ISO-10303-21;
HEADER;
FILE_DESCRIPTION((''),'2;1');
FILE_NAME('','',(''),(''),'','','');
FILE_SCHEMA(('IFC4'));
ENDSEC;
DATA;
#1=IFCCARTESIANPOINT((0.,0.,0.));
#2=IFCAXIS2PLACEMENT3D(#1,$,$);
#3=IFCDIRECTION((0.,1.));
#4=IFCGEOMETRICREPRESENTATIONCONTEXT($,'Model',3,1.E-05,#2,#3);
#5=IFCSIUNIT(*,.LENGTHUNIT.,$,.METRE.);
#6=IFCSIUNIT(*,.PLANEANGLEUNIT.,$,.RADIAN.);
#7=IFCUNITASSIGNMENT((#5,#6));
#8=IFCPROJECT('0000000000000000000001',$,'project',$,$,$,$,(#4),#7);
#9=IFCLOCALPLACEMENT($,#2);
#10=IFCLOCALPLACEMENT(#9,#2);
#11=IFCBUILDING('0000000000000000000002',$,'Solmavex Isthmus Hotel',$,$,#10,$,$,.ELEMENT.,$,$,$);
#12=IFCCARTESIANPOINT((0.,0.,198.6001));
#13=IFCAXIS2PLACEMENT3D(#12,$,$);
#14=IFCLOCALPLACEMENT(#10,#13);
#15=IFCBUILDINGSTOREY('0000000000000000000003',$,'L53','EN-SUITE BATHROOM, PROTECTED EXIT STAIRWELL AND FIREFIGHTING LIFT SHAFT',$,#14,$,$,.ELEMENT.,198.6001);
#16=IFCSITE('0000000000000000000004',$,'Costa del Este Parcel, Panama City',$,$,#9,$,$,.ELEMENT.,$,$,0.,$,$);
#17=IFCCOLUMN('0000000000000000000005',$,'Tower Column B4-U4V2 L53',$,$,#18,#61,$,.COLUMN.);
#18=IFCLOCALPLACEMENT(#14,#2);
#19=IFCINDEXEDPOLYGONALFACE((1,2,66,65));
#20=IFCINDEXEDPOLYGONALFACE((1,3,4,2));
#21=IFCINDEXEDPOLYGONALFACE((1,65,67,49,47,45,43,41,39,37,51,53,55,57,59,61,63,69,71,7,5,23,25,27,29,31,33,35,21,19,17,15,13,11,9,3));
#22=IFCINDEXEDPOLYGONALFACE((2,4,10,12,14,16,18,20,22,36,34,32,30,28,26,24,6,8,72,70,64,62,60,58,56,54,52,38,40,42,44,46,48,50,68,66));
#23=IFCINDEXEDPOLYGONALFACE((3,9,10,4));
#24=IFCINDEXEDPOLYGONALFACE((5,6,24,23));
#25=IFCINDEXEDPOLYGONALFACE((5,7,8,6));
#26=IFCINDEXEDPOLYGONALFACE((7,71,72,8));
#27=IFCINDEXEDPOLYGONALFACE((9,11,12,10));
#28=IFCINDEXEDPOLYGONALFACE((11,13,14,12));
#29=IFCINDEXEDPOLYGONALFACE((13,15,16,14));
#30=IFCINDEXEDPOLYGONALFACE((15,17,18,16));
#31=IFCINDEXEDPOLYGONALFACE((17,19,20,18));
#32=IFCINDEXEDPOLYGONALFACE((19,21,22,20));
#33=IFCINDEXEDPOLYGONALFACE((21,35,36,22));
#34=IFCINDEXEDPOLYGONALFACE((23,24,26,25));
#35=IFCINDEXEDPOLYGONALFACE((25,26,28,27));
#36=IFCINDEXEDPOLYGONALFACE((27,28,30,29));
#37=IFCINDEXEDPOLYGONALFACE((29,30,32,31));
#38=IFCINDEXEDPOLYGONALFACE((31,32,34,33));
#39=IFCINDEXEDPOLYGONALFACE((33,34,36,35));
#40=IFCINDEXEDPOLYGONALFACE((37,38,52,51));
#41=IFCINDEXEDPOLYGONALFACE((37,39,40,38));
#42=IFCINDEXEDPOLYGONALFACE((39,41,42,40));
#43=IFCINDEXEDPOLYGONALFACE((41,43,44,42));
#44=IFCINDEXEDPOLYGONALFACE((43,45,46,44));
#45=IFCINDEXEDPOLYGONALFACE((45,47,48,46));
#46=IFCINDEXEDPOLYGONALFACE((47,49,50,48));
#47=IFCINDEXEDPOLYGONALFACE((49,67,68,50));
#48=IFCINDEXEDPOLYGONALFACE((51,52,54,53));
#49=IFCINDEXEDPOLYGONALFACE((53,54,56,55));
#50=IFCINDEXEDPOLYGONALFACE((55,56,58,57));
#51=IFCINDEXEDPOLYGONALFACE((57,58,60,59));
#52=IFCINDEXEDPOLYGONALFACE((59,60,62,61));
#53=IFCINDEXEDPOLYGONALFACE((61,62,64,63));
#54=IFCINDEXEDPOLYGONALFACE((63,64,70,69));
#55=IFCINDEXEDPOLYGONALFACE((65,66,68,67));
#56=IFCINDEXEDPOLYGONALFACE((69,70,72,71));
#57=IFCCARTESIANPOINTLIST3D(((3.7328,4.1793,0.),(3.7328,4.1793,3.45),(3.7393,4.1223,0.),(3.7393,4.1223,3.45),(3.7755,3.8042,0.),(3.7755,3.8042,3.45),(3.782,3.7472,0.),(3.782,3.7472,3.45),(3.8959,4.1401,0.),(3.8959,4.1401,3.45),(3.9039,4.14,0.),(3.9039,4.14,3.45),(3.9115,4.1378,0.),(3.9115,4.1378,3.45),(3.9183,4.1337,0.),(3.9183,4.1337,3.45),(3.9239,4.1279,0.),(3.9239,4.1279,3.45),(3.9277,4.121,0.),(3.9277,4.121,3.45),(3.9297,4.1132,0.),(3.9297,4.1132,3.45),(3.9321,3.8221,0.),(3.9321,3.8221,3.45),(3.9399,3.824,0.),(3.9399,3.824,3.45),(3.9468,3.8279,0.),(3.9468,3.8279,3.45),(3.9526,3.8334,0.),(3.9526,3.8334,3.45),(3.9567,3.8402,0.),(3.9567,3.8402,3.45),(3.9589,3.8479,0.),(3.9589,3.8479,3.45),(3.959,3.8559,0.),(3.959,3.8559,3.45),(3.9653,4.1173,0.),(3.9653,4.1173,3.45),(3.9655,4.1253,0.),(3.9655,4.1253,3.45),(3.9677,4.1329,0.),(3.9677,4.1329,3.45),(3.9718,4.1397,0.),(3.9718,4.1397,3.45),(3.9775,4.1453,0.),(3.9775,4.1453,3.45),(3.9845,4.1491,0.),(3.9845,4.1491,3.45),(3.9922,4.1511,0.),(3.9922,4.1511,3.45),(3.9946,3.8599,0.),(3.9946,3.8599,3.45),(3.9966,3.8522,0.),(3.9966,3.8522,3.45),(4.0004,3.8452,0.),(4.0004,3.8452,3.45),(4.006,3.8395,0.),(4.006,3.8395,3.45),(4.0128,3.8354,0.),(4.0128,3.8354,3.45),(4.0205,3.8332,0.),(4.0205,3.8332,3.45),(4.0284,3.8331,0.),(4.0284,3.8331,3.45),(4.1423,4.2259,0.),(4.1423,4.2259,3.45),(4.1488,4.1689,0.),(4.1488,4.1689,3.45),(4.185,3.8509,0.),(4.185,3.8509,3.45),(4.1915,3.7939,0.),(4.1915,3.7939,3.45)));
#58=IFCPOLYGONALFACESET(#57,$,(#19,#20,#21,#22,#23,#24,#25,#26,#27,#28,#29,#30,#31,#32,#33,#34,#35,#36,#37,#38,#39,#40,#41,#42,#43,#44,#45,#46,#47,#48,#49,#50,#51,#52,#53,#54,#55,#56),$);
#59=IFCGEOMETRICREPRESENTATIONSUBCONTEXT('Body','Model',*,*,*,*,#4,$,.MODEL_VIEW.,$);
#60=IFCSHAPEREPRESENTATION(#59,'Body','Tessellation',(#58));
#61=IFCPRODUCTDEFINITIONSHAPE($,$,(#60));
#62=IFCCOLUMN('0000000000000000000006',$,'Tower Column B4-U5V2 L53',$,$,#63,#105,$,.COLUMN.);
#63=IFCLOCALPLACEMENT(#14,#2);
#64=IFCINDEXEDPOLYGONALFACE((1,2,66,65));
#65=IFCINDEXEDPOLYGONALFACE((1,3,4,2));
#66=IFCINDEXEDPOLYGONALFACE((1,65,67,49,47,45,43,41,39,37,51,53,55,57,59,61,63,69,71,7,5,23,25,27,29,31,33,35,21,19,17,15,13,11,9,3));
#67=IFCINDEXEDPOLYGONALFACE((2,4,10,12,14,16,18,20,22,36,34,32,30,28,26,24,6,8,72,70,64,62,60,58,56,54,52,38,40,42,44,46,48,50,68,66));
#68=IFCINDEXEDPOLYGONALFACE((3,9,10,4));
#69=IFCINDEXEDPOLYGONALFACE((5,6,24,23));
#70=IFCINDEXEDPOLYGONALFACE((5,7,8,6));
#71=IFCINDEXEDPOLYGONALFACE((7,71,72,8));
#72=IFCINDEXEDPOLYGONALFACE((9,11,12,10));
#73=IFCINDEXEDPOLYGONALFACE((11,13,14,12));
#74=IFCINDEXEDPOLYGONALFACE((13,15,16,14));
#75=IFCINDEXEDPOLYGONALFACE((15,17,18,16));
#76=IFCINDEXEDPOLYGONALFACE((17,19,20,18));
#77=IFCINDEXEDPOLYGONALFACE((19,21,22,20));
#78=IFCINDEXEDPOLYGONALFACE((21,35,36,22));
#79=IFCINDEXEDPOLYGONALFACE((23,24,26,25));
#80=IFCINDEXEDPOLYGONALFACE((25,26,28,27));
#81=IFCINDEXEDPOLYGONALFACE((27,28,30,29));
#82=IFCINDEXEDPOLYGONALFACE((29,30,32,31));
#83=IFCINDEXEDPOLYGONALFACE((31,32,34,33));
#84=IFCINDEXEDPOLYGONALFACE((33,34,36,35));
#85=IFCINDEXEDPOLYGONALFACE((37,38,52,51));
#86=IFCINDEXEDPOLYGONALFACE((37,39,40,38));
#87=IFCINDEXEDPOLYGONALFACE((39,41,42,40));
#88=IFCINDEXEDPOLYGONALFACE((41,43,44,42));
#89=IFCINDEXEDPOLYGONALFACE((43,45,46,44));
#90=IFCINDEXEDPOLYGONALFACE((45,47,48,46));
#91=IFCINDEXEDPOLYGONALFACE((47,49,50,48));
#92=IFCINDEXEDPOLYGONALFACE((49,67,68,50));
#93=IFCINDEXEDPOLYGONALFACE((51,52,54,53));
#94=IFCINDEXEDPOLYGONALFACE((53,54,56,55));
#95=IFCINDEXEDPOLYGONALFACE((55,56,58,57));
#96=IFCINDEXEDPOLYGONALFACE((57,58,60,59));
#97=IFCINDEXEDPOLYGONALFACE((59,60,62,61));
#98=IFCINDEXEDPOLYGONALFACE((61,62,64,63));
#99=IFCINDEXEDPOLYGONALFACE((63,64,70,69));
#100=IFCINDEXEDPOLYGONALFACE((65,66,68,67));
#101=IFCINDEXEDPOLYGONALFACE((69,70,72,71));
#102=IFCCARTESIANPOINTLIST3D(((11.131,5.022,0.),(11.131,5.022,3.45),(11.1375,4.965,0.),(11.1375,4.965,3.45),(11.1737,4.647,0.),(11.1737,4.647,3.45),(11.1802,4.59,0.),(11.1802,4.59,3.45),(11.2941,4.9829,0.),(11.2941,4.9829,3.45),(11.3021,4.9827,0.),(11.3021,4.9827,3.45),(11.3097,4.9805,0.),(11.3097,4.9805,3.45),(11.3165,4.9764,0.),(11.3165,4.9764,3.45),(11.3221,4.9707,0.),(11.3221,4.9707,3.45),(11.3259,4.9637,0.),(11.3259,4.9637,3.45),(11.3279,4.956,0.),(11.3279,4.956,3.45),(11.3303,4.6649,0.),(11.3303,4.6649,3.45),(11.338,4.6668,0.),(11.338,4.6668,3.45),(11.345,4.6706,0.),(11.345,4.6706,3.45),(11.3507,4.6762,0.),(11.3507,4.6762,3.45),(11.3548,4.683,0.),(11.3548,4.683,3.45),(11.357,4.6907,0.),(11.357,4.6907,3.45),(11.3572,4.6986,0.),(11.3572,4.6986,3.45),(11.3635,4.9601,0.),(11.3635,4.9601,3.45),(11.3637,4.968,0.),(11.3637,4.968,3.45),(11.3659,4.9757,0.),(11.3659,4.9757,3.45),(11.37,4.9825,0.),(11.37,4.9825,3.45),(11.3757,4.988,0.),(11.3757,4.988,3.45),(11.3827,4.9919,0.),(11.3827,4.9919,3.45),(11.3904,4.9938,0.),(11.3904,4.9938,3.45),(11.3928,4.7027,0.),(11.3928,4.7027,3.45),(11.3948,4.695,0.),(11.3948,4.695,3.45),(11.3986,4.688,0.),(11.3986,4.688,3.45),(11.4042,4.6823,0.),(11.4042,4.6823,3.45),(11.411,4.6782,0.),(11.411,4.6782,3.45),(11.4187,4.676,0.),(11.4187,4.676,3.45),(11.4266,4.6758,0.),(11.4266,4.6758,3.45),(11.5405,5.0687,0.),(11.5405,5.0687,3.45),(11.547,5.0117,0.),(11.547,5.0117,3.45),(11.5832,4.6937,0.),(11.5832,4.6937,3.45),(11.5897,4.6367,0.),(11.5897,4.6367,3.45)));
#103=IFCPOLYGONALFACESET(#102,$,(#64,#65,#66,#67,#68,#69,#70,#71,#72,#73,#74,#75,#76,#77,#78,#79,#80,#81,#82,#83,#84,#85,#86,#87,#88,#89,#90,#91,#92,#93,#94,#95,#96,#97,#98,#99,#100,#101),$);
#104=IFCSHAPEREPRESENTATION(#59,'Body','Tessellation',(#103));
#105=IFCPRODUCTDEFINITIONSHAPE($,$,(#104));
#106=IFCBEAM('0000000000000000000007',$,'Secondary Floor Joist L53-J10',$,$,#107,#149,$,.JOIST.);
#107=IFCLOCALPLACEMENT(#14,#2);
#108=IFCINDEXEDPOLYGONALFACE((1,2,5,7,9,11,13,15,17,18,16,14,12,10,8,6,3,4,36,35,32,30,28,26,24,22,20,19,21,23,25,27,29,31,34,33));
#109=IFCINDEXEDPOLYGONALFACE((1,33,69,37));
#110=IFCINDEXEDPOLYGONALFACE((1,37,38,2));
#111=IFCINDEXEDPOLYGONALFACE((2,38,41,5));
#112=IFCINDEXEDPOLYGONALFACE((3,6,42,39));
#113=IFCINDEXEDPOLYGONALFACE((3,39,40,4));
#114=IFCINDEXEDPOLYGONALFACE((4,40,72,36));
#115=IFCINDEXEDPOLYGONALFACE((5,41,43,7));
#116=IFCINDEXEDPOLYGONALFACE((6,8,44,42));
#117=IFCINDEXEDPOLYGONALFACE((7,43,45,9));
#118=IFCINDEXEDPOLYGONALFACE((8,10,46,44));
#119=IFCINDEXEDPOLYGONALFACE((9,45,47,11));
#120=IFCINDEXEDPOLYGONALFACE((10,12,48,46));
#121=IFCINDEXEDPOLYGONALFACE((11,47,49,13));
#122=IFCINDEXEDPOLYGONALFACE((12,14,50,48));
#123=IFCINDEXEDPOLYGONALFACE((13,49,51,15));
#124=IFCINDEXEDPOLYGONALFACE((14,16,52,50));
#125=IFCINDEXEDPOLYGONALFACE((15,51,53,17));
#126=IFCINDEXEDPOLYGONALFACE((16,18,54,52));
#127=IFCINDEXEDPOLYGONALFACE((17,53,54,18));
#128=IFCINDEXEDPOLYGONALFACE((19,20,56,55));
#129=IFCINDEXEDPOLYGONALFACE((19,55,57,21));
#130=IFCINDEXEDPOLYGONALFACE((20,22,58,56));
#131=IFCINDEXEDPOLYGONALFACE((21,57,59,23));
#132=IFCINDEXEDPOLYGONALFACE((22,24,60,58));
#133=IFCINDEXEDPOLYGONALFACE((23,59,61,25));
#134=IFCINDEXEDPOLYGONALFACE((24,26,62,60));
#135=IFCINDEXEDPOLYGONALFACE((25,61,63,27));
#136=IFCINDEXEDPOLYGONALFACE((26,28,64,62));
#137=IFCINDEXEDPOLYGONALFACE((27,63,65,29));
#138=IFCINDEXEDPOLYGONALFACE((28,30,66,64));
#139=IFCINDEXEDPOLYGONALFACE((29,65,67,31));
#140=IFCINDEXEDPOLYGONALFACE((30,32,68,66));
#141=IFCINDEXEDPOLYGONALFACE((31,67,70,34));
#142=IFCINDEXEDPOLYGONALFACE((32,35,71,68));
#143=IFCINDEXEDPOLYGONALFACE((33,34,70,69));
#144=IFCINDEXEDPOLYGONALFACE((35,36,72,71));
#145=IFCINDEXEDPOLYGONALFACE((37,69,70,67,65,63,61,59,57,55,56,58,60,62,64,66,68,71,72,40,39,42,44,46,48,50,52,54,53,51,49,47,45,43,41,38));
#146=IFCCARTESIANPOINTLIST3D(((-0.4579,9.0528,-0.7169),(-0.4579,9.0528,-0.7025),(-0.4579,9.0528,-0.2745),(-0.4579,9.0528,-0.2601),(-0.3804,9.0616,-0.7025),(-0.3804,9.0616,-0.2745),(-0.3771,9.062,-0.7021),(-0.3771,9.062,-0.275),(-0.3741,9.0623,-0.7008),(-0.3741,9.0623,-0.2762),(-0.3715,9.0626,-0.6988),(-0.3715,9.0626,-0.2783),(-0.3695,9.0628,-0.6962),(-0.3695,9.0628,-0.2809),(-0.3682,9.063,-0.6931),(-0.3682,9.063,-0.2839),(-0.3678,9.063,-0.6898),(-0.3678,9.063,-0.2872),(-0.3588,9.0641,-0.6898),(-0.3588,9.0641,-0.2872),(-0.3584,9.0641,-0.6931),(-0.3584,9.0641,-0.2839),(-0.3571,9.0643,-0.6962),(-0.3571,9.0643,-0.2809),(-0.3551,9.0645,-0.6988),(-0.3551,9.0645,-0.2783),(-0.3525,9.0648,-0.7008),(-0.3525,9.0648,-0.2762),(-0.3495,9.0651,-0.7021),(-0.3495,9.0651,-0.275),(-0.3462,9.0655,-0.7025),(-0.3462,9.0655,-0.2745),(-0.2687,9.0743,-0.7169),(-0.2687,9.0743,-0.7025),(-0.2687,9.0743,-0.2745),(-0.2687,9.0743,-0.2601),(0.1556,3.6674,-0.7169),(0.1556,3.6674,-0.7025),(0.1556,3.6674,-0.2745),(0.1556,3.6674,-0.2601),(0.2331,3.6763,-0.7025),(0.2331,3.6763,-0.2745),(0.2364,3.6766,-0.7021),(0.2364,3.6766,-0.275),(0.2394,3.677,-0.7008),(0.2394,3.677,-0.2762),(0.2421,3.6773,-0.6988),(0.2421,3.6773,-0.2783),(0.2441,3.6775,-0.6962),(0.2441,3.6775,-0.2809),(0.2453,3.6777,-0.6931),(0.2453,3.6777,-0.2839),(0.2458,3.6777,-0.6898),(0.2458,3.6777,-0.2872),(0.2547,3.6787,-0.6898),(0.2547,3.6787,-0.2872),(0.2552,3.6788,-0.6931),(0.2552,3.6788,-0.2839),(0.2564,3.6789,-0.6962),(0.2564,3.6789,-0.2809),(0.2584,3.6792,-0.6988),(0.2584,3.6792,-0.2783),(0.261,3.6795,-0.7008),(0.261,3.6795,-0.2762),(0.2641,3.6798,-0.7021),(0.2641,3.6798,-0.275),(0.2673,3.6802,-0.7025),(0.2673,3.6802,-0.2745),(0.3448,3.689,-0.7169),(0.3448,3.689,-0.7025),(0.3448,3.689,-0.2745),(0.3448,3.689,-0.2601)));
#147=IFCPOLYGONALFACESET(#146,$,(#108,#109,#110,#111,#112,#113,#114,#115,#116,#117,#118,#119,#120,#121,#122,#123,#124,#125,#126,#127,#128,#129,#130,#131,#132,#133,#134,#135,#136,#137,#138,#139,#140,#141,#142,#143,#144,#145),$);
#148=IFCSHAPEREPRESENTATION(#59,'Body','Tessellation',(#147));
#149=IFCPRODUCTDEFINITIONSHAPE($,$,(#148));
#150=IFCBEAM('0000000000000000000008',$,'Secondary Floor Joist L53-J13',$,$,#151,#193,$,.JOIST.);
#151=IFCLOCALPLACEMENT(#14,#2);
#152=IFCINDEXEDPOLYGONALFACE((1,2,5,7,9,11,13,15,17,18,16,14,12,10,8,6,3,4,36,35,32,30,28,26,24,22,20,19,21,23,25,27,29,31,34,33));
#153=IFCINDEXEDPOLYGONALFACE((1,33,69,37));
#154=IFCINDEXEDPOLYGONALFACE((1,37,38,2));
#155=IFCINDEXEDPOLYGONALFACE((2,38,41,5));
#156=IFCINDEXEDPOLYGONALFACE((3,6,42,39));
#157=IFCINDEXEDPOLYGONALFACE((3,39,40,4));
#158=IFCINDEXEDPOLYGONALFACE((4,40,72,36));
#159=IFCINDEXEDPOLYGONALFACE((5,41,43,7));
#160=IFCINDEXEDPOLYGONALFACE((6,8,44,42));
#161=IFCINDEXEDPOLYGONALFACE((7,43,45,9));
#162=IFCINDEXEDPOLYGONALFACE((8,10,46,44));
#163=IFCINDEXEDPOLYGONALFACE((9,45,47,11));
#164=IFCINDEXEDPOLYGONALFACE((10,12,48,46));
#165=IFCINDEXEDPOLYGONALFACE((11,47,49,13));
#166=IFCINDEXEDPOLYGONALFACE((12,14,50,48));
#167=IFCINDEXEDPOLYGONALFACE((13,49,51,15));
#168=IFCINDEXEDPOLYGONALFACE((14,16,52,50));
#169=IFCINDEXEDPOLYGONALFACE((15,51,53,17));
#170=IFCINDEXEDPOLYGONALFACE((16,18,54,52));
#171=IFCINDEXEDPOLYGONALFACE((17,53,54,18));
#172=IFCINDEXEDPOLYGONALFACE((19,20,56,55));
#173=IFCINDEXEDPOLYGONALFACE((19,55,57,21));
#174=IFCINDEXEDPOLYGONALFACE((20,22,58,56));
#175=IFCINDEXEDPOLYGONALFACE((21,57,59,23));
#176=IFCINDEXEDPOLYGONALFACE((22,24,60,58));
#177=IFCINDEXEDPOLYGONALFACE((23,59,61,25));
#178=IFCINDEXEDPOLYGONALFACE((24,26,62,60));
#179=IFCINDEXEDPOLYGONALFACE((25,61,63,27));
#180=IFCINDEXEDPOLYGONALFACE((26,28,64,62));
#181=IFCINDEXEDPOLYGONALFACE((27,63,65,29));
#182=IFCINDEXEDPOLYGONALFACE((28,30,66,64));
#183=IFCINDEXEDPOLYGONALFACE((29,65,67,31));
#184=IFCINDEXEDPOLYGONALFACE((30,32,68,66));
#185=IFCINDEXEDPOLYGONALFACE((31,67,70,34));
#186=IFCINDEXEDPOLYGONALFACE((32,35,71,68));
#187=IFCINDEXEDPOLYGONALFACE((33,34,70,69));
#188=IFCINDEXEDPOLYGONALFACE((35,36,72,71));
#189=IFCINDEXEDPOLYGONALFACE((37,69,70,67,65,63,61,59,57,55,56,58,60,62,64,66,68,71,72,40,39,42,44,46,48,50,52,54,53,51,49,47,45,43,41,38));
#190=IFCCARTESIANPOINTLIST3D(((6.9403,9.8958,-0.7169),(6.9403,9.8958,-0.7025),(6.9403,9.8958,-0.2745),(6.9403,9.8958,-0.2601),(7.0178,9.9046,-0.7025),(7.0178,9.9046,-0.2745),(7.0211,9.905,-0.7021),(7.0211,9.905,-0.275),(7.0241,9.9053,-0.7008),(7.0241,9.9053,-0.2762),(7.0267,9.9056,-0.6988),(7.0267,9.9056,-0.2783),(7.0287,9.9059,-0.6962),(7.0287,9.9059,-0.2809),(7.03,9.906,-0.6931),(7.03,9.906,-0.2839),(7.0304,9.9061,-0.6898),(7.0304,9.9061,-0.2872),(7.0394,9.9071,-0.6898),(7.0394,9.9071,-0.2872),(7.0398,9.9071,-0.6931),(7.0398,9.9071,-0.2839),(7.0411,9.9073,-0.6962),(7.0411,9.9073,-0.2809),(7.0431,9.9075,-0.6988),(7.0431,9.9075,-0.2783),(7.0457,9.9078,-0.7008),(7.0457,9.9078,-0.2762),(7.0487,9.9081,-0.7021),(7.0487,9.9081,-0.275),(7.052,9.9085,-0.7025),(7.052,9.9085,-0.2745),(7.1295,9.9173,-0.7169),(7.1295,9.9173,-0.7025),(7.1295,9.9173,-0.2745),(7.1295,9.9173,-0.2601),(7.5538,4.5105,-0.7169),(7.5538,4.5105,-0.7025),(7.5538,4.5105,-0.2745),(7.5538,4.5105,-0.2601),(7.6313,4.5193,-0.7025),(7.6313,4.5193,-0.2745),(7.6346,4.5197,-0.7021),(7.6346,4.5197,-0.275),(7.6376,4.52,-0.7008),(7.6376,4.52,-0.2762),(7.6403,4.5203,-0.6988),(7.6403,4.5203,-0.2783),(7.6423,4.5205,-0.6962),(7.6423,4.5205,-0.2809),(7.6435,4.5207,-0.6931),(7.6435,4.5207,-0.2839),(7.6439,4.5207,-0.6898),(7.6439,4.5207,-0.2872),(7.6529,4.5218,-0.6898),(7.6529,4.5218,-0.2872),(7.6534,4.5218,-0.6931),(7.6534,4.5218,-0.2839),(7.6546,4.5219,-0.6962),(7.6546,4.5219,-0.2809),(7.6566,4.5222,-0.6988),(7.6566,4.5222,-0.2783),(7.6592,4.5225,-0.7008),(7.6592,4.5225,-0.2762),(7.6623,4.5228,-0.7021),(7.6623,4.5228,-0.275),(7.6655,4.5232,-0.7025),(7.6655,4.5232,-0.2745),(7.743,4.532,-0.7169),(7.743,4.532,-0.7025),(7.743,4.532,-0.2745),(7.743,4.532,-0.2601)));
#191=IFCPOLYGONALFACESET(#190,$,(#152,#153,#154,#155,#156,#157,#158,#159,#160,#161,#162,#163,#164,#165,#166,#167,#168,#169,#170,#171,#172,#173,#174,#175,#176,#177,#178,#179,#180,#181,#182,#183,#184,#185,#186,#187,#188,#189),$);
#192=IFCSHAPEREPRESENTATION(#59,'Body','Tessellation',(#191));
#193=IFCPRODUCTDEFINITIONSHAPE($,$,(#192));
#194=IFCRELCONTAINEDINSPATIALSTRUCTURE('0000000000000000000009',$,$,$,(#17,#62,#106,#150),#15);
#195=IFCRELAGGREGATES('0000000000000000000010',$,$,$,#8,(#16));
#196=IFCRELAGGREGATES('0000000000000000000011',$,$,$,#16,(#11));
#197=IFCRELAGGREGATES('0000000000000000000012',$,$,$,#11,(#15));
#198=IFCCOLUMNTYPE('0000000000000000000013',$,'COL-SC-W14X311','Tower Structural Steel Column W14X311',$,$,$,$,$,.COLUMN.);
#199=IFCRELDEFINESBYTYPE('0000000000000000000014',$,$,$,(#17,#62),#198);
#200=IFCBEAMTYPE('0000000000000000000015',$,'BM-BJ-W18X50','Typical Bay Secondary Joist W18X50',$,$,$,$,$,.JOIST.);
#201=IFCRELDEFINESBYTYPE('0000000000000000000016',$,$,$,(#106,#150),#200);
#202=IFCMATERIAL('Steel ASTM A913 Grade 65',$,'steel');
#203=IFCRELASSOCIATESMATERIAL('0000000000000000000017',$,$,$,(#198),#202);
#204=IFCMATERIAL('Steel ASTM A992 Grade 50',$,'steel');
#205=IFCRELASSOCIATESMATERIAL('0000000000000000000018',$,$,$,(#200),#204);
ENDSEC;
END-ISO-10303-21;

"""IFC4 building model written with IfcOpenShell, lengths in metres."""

from ifc_helpers import new_model, si_unit, direction, frame, origin, origin_2d, place, context, subcontext, project, spatial, i_section, extrude, material, material_profile, profile_set, type_object, element, save


model = new_model("IFC4")

# Units and contexts
model_context = context("Model", 3, precision=1e-05, world=origin(), true_north=direction((0.0, 1.0)))
body_context = subcontext(model_context, "Body", "Model", "MODEL_VIEW")
ifc_project = project(units=[si_unit("LENGTHUNIT", "METRE"), si_unit("PLANEANGLEUNIT", "RADIAN")], contexts=[model_context])

# Site, building, storey
site_placement = place(None, origin())
site = spatial("IfcSite", under=ifc_project, at=site_placement, Name="Costa del Este Parcel, Panama City", CompositionType="ELEMENT", RefElevation=0.0)
building_placement = place(site_placement, origin())
building = spatial("IfcBuilding", under=site, at=building_placement, Name="Solmavex Isthmus Hotel", CompositionType="ELEMENT")
storey_placement = place(building_placement, frame((0.0, 0.0, 198.6001)))
storey = spatial("IfcBuildingStorey", under=building, at=storey_placement, Name="L53", Description="EN-SUITE BATHROOM, PROTECTED EXIT STAIRWELL AND FIREFIGHTING LIFT SHAFT", CompositionType="ELEMENT", Elevation=198.6001)

# Columns
ifc_material_1 = material(Name="Steel ASTM A913 Grade 65", Category="steel")
ifc_material_profile_1 = material_profile(ifc_material_1, i_section(OverallWidth=0.4121, OverallDepth=0.4348, WebThickness=0.0359, FlangeThickness=0.0574, FilletRadius=0.0305, at=origin_2d()), Name="W14X311")
ifc_profile_set_1 = profile_set([ifc_material_profile_1], Name="Steel ASTM A913 Grade 65")
column_type = type_object("IfcColumnType", Name="COL-SC-W14X311", Description="Tower Structural Steel Column W14X311", PredefinedType="COLUMN", material=ifc_profile_set_1)
for number, where, z_axis, x_axis, name in (
    (1, (3.9622, 3.9866, 0.0), (0.0, 0.0, 1.0), (0.993572, 0.113203, 0.0), "Tower Column B4-U4V2 L53"),
    (2, (11.3604, 4.8293, 0.0), (0.0, 0.0, 1.0), (0.993572, 0.113203, 0.0), "Tower Column B4-U5V2 L53"),
):
    element("IfcColumn", number, at=place(storey_placement, frame(where, z_axis=z_axis, x_axis=x_axis)), inside=storey, type_object=column_type, Name=name, PredefinedType="COLUMN", context=body_context, shape_type="SweptSolid", body=[
        extrude(i_section(OverallWidth=0.4121, OverallDepth=0.4348, WebThickness=0.0359, FlangeThickness=0.0574, FilletRadius=0.0305, at=origin_2d()), origin(), (0.0, 0.0, 1.0), 3.45),
    ])

# Beams
ifc_material_2 = material(Name="Steel ASTM A992 Grade 50", Category="steel")
ifc_material_profile_2 = material_profile(ifc_material_2, i_section(OverallWidth=0.1904, OverallDepth=0.4568, WebThickness=0.009, FlangeThickness=0.0144, FilletRadius=0.0127, at=origin_2d()), Name="W18X50")
ifc_profile_set_2 = profile_set([ifc_material_profile_2], Name="Steel ASTM A992 Grade 50")
beam_type_1 = type_object("IfcBeamType", Name="BM-BJ-W18X50", Description="Typical Bay Secondary Joist W18X50", PredefinedType="JOIST", material=ifc_profile_set_2)
for number, where, z_axis, x_axis, name in (
    (3, (0.2502, 3.6782, -0.4885), (-0.113195, 0.993573, 0.0), (-0.993573, -0.113195, 0.0), "Secondary Floor Joist L53-J10"),
    (4, (7.6484, 4.5212, -0.4885), (-0.113195, 0.993573, 0.0), (-0.993573, -0.113195, 0.0), "Secondary Floor Joist L53-J13"),
):
    element("IfcBeam", number, at=place(storey_placement, frame(where, z_axis=z_axis, x_axis=x_axis)), inside=storey, type_object=beam_type_1, Name=name, PredefinedType="JOIST", context=body_context, shape_type="SweptSolid", body=[
        extrude(i_section(OverallWidth=0.1904, OverallDepth=0.4568, WebThickness=0.009, FlangeThickness=0.0144, FilletRadius=0.0127, at=origin_2d()), origin(), (0.0, 0.0, 1.0), 5.4202),
    ])

save(model, "model.ifc")
